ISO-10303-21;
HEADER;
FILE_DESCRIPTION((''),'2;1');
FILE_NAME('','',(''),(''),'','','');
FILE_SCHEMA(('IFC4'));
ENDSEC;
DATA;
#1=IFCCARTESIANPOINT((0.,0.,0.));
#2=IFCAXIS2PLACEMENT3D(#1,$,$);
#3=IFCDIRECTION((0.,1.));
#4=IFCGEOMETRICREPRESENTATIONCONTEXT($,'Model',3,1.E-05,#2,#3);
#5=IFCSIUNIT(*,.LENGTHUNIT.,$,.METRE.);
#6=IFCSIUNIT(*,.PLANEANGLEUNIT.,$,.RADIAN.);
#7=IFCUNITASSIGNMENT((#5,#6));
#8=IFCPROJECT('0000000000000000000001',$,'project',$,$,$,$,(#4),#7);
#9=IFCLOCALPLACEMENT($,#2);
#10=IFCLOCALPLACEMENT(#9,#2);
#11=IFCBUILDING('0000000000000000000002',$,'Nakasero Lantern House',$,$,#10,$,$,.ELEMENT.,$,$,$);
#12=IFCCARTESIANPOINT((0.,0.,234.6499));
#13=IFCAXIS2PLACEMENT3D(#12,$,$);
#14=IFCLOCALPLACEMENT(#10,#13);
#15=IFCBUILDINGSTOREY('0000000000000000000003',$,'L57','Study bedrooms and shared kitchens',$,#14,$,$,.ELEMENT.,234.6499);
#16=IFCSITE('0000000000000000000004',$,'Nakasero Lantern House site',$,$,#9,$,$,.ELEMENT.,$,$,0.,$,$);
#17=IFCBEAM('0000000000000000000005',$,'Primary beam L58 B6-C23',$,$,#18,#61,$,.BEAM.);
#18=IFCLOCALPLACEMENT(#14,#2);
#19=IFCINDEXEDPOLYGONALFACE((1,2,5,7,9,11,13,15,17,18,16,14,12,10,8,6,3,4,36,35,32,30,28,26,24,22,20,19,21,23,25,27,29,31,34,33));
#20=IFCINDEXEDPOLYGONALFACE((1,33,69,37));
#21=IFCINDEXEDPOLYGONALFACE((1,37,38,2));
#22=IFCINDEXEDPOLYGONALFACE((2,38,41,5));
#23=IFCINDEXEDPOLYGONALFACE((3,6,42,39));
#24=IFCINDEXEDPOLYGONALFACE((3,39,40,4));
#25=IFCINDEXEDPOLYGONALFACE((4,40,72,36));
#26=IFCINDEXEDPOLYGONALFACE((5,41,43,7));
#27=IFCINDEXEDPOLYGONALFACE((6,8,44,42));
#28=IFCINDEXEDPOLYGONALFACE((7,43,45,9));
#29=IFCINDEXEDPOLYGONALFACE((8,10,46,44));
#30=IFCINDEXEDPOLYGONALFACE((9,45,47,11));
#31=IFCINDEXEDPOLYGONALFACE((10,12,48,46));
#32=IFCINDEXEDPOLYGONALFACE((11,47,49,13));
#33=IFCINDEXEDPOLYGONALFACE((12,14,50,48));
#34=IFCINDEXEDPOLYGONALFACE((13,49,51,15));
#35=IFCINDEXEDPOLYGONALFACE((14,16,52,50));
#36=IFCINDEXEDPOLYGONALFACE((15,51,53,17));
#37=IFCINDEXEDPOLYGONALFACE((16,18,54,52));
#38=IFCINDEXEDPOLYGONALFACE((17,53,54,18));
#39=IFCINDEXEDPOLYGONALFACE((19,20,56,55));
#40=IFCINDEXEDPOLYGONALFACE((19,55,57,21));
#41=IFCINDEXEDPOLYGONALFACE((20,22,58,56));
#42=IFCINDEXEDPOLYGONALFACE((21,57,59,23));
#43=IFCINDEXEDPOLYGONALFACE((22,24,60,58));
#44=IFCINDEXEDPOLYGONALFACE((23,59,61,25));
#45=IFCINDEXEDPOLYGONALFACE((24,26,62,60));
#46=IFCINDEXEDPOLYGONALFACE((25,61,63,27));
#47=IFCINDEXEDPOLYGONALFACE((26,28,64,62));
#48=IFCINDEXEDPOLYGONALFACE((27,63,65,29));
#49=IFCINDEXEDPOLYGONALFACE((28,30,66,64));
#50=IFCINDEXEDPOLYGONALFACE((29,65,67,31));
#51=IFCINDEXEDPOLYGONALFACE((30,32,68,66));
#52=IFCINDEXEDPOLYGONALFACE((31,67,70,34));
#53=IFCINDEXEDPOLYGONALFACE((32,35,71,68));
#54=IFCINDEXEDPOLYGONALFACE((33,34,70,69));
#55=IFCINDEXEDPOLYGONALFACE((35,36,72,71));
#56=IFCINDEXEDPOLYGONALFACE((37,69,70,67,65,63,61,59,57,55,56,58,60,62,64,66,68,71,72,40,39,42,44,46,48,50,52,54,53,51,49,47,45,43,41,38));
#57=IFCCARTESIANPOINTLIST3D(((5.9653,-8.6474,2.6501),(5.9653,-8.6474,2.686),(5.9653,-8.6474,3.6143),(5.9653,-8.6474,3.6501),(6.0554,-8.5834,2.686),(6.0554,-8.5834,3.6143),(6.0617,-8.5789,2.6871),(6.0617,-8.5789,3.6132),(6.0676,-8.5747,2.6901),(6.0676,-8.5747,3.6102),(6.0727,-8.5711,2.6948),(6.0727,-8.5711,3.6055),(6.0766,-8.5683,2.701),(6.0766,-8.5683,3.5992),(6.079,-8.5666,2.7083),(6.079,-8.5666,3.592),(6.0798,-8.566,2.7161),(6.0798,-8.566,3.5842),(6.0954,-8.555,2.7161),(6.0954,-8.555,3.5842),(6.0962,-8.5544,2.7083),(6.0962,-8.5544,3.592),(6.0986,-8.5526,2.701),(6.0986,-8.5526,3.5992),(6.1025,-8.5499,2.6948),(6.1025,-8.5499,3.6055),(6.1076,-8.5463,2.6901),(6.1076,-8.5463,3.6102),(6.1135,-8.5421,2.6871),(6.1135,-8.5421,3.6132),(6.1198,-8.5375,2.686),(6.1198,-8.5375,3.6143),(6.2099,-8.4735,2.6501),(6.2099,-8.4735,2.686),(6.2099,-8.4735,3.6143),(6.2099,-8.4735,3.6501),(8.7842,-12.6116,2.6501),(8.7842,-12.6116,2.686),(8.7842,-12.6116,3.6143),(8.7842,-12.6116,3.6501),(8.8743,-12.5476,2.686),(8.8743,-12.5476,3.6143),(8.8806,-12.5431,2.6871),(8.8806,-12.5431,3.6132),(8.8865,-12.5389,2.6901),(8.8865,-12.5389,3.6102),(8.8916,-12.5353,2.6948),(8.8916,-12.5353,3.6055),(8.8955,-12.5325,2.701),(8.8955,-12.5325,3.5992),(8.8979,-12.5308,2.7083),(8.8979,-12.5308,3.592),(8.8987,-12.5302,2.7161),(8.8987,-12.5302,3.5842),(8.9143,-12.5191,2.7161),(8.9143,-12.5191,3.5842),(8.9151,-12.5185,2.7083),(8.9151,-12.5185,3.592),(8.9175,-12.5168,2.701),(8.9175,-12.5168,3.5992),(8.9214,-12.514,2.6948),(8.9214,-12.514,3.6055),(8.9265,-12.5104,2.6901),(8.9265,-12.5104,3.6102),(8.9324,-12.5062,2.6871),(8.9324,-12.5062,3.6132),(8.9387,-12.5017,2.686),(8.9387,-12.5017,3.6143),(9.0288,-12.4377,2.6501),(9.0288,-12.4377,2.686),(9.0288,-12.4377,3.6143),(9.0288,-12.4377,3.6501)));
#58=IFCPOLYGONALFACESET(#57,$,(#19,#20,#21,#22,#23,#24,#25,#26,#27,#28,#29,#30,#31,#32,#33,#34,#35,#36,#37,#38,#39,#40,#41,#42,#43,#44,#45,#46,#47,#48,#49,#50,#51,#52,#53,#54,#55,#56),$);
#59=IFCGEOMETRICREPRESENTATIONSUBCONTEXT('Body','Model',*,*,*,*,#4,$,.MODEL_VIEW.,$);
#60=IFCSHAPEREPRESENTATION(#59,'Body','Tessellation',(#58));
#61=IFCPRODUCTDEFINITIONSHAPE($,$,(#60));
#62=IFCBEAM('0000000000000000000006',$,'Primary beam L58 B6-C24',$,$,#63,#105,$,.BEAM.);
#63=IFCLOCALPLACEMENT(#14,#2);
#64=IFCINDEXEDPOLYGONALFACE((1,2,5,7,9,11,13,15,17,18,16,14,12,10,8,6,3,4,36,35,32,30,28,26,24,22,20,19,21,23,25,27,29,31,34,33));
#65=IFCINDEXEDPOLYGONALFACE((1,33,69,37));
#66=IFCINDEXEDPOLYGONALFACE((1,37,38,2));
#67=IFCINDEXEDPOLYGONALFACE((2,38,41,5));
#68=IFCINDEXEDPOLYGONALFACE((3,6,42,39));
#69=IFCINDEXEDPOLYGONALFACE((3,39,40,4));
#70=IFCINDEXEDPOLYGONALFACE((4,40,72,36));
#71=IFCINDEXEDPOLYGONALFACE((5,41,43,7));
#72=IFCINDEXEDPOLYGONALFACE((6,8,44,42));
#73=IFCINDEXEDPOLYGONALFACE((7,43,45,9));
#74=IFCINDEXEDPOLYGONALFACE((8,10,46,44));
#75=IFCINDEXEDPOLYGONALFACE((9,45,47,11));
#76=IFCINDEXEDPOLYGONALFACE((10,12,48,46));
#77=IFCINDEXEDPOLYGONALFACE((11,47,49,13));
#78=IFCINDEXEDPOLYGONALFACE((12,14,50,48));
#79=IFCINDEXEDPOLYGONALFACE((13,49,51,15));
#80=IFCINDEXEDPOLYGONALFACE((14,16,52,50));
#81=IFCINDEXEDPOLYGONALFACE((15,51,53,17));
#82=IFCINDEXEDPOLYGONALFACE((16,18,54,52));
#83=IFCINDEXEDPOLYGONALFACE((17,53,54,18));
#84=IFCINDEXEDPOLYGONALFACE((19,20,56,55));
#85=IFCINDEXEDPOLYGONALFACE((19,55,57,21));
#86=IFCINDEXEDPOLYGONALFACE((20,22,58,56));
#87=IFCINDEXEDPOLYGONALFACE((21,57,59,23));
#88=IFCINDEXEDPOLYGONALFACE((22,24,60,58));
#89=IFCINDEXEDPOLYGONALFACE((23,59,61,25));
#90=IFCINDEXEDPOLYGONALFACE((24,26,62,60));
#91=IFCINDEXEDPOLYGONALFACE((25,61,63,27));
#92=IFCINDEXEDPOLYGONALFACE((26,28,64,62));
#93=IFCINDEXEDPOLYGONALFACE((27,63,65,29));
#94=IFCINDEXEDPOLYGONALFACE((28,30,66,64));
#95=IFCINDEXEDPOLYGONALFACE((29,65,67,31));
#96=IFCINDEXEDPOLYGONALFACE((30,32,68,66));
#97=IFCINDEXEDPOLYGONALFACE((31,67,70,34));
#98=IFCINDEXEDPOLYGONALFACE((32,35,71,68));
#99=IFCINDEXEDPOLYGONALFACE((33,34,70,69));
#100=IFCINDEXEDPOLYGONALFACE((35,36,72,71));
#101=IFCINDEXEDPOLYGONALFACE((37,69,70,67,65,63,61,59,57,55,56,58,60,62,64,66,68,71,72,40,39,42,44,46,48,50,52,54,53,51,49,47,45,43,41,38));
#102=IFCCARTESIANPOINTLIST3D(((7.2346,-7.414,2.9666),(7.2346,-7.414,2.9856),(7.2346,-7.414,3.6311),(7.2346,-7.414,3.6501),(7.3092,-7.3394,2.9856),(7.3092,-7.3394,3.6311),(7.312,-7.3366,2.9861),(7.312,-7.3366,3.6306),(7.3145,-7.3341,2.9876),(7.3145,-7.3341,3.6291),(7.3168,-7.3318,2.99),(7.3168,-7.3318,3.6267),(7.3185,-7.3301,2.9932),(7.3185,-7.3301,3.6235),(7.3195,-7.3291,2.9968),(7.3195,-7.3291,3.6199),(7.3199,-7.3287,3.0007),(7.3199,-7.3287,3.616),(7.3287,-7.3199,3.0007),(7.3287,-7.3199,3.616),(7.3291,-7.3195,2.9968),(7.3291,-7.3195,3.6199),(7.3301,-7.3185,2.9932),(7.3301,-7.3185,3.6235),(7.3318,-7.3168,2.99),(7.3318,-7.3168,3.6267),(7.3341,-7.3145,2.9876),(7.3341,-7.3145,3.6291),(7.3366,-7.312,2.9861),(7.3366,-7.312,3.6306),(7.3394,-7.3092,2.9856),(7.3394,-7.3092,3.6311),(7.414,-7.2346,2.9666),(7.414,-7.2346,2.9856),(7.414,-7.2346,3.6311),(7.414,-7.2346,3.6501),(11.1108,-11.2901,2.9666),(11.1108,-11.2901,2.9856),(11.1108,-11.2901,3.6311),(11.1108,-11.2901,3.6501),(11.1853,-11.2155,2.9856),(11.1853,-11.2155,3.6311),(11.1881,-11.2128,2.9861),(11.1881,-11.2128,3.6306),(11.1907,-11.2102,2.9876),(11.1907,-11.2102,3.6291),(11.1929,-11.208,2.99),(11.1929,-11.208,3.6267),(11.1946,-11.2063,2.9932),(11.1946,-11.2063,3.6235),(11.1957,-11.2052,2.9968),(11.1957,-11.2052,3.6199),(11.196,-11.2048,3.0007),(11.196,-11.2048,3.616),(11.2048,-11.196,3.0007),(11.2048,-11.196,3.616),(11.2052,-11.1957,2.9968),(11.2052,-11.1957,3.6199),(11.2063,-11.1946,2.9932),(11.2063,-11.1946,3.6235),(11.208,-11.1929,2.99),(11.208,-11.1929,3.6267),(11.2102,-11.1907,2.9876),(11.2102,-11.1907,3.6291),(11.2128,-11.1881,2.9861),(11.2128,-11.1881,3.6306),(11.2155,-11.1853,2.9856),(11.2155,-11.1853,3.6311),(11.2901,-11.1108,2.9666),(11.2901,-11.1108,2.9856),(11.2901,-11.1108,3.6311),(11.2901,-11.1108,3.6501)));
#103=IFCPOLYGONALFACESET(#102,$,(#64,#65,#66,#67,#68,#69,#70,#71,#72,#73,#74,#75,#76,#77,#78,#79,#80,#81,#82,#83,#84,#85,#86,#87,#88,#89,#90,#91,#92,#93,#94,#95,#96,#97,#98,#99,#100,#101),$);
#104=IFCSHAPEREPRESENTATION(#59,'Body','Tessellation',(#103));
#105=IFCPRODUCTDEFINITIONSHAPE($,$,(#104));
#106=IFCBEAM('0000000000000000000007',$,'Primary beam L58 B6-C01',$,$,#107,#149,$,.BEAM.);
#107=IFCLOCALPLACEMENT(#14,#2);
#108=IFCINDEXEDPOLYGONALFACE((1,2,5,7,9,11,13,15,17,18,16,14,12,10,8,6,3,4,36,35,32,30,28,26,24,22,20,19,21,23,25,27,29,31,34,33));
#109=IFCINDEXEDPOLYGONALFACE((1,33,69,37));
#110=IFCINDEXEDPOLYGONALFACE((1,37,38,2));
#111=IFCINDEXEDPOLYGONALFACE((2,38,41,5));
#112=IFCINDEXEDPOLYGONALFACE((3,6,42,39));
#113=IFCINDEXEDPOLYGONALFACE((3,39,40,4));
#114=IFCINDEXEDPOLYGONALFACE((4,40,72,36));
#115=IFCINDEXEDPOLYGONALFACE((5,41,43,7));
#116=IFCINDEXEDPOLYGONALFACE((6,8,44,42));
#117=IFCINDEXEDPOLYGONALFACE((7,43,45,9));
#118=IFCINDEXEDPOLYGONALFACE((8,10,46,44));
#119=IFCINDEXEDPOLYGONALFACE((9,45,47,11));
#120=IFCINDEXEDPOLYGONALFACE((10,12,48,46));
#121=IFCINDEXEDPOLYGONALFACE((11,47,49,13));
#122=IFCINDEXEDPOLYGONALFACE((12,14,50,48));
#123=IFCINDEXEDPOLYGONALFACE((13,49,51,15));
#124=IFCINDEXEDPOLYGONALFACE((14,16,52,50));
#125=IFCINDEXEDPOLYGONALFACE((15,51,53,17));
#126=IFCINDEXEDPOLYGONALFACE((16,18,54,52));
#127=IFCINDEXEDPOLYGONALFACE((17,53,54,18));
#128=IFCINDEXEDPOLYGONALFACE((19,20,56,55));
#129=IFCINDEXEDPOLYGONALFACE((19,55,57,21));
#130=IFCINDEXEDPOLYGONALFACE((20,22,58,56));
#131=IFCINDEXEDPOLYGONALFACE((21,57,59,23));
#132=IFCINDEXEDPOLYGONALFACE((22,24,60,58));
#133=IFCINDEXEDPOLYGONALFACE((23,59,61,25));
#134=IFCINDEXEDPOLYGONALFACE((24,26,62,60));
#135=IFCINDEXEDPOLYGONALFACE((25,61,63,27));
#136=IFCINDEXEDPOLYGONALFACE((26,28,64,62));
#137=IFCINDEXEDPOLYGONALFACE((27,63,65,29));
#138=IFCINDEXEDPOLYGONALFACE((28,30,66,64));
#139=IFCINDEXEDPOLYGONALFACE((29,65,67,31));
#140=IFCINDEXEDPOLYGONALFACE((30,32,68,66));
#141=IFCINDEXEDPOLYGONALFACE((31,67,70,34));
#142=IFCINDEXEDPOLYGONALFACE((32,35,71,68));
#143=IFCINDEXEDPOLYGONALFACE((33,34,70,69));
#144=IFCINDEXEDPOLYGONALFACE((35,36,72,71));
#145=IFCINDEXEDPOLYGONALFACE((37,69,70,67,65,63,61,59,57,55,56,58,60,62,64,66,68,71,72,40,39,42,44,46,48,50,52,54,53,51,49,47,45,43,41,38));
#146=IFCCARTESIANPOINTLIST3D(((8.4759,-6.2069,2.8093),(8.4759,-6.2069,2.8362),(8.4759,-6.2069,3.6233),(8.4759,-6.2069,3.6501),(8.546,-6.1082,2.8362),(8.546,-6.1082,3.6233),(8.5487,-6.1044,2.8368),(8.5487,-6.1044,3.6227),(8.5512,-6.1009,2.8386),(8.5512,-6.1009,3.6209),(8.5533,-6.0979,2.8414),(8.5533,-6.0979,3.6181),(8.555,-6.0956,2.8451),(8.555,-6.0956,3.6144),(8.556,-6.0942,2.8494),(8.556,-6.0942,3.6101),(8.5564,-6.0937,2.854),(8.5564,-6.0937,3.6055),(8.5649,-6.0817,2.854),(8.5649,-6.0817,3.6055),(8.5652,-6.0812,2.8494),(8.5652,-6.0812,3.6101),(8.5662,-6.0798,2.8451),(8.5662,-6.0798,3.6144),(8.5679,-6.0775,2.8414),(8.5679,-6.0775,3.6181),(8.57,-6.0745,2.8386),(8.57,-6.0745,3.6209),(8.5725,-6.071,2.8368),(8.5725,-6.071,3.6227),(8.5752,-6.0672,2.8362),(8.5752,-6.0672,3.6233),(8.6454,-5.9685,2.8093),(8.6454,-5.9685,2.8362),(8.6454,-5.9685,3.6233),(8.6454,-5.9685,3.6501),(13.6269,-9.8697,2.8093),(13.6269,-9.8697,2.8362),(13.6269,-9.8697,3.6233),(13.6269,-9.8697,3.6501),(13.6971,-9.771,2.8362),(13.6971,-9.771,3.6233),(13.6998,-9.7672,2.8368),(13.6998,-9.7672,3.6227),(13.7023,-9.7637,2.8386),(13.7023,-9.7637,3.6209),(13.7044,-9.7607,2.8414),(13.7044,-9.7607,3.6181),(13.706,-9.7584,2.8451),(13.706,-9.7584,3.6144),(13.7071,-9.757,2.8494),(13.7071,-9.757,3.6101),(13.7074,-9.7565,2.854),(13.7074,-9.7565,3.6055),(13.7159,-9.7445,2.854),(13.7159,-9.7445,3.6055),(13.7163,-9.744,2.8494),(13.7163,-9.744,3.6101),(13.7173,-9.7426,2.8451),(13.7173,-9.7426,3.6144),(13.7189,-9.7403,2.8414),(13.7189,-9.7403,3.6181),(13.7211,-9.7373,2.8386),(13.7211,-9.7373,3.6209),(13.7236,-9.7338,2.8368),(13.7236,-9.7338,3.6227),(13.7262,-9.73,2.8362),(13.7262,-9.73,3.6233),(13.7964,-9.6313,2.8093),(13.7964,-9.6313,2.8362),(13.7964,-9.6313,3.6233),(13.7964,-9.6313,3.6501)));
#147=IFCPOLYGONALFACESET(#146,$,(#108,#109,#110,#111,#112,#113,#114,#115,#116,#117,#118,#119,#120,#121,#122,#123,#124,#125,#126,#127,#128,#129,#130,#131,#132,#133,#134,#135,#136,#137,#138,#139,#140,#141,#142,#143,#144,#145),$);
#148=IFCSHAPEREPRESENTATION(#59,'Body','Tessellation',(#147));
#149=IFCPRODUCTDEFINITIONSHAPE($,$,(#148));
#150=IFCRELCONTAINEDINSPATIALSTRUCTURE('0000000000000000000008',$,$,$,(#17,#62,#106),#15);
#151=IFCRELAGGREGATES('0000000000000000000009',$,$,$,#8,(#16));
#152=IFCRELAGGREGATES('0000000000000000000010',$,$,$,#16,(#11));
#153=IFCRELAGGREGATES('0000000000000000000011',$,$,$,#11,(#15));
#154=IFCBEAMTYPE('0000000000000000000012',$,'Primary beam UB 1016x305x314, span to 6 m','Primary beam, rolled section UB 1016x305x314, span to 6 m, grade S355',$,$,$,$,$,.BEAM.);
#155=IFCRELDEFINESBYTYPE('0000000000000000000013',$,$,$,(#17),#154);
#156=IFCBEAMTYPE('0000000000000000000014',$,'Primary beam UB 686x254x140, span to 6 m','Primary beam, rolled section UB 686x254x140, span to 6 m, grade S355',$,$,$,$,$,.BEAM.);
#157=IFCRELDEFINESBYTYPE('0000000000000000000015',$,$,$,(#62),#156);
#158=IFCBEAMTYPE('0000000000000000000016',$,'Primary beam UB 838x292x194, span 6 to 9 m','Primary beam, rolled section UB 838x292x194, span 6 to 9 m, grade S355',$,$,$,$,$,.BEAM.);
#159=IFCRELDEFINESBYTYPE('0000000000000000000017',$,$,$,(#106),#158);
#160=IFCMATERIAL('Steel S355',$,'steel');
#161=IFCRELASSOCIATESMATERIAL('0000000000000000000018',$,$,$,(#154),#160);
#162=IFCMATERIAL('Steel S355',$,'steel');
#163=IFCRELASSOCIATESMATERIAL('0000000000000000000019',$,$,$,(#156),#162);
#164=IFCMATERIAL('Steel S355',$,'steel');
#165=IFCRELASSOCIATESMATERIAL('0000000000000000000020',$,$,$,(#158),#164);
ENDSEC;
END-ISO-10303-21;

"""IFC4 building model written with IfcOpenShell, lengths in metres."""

from ifc_helpers import new_model, si_unit, direction, frame, origin, origin_2d, place, context, subcontext, project, spatial, i_section, extrude, material, material_profile, profile_set, type_object, element, save


model = new_model("IFC4")

# Units and contexts
model_context = context("Model", 3, precision=1e-05, world=origin(), true_north=direction((0.0, 1.0)))
body_context = subcontext(model_context, "Body", "Model", "MODEL_VIEW")
ifc_project = project(units=[si_unit("LENGTHUNIT", "METRE"), si_unit("PLANEANGLEUNIT", "RADIAN")], contexts=[model_context])

# Site, building, storey
site_placement = place(None, origin())
site = spatial("IfcSite", under=ifc_project, at=site_placement, Name="Nakasero Lantern House site", CompositionType="ELEMENT", RefElevation=0.0)
building_placement = place(site_placement, origin())
building = spatial("IfcBuilding", under=site, at=building_placement, Name="Nakasero Lantern House", CompositionType="ELEMENT")
storey_placement = place(building_placement, frame((0.0, 0.0, 234.6499)))
storey = spatial("IfcBuildingStorey", under=building, at=storey_placement, Name="L57", Description="Study bedrooms and shared kitchens", CompositionType="ELEMENT", Elevation=234.6499)

# Beams
ifc_material_1 = material(Name="Steel S355", Category="steel")
ifc_material_profile_1 = material_profile(ifc_material_1, i_section(OverallWidth=0.3, OverallDepth=1.0, WebThickness=0.019, FlangeThickness=0.0359, FilletRadius=0.03, at=origin_2d()), Name="UB 1016x305x314")
ifc_profile_set_1 = profile_set([ifc_material_profile_1], Name="Steel S355")
beam_type_1 = type_object("IfcBeamType", Name="Primary beam UB 1016x305x314, span to 6 m", Description="Primary beam, rolled section UB 1016x305x314, span to 6 m, grade S355", PredefinedType="BEAM", material=ifc_profile_set_1)
beam_1_placement = place(storey_placement, frame((8.9065, -12.5247, 3.1501), z_axis=(-0.579513, 0.814963, 0.0), x_axis=(-0.814963, -0.579513, 0.0)))
element("IfcBeam", 1, at=beam_1_placement, inside=storey, type_object=beam_type_1, Name="Primary beam L58 B6-C23", PredefinedType="BEAM", context=body_context, shape_type="SweptSolid", body=[
    extrude(i_section(OverallWidth=0.3, OverallDepth=1.0, WebThickness=0.019, FlangeThickness=0.0359, FilletRadius=0.03, at=origin_2d()), origin(), (0.0, 0.0, 1.0), 4.8643),
])
ifc_material_2 = material(Name="Steel S355", Category="steel")
ifc_material_profile_2 = material_profile(ifc_material_2, i_section(OverallWidth=0.2537, OverallDepth=0.6836, WebThickness=0.0125, FlangeThickness=0.019, FilletRadius=0.0151, at=origin_2d()), Name="UB 686x254x140")
ifc_profile_set_2 = profile_set([ifc_material_profile_2], Name="Steel S355")
beam_type_2 = type_object("IfcBeamType", Name="Primary beam UB 686x254x140, span to 6 m", Description="Primary beam, rolled section UB 686x254x140, span to 6 m, grade S355", PredefinedType="BEAM", material=ifc_profile_set_2)
beam_2_placement = place(storey_placement, frame((11.2004, -11.2004, 3.3083), z_axis=(-0.707107, 0.707107, 0.0), x_axis=(-0.707107, -0.707107, 0.0)))
element("IfcBeam", 2, at=beam_2_placement, inside=storey, type_object=beam_type_2, Name="Primary beam L58 B6-C24", PredefinedType="BEAM", context=body_context, shape_type="SweptSolid", body=[
    extrude(i_section(OverallWidth=0.2537, OverallDepth=0.6836, WebThickness=0.0125, FlangeThickness=0.019, FilletRadius=0.0151, at=origin_2d()), origin(), (0.0, 0.0, 1.0), 5.4817),
])
ifc_material_3 = material(Name="Steel S355", Category="steel")
ifc_material_profile_3 = material_profile(ifc_material_3, i_section(OverallWidth=0.2925, OverallDepth=0.8408, WebThickness=0.0146, FlangeThickness=0.0269, FilletRadius=0.0178, at=origin_2d()), Name="UB 838x292x194")
ifc_profile_set_3 = profile_set([ifc_material_profile_3], Name="Steel S355")
beam_type_3 = type_object("IfcBeamType", Name="Primary beam UB 838x292x194, span 6 to 9 m", Description="Primary beam, rolled section UB 838x292x194, span 6 to 9 m, grade S355", PredefinedType="BEAM", material=ifc_profile_set_3)
beam_3_placement = place(storey_placement, frame((13.7117, -9.7505, 3.2297), z_axis=(-0.814969, 0.579505, 0.0), x_axis=(-0.579505, -0.814969, 0.0)))
element("IfcBeam", 3, at=beam_3_placement, inside=storey, type_object=beam_type_3, Name="Primary beam L58 B6-C01", PredefinedType="BEAM", context=body_context, shape_type="SweptSolid", body=[
    extrude(i_section(OverallWidth=0.2925, OverallDepth=0.8408, WebThickness=0.0146, FlangeThickness=0.0269, FilletRadius=0.0178, at=origin_2d()), origin(), (0.0, 0.0, 1.0), 6.3206),
])

save(model, "model.ifc")
